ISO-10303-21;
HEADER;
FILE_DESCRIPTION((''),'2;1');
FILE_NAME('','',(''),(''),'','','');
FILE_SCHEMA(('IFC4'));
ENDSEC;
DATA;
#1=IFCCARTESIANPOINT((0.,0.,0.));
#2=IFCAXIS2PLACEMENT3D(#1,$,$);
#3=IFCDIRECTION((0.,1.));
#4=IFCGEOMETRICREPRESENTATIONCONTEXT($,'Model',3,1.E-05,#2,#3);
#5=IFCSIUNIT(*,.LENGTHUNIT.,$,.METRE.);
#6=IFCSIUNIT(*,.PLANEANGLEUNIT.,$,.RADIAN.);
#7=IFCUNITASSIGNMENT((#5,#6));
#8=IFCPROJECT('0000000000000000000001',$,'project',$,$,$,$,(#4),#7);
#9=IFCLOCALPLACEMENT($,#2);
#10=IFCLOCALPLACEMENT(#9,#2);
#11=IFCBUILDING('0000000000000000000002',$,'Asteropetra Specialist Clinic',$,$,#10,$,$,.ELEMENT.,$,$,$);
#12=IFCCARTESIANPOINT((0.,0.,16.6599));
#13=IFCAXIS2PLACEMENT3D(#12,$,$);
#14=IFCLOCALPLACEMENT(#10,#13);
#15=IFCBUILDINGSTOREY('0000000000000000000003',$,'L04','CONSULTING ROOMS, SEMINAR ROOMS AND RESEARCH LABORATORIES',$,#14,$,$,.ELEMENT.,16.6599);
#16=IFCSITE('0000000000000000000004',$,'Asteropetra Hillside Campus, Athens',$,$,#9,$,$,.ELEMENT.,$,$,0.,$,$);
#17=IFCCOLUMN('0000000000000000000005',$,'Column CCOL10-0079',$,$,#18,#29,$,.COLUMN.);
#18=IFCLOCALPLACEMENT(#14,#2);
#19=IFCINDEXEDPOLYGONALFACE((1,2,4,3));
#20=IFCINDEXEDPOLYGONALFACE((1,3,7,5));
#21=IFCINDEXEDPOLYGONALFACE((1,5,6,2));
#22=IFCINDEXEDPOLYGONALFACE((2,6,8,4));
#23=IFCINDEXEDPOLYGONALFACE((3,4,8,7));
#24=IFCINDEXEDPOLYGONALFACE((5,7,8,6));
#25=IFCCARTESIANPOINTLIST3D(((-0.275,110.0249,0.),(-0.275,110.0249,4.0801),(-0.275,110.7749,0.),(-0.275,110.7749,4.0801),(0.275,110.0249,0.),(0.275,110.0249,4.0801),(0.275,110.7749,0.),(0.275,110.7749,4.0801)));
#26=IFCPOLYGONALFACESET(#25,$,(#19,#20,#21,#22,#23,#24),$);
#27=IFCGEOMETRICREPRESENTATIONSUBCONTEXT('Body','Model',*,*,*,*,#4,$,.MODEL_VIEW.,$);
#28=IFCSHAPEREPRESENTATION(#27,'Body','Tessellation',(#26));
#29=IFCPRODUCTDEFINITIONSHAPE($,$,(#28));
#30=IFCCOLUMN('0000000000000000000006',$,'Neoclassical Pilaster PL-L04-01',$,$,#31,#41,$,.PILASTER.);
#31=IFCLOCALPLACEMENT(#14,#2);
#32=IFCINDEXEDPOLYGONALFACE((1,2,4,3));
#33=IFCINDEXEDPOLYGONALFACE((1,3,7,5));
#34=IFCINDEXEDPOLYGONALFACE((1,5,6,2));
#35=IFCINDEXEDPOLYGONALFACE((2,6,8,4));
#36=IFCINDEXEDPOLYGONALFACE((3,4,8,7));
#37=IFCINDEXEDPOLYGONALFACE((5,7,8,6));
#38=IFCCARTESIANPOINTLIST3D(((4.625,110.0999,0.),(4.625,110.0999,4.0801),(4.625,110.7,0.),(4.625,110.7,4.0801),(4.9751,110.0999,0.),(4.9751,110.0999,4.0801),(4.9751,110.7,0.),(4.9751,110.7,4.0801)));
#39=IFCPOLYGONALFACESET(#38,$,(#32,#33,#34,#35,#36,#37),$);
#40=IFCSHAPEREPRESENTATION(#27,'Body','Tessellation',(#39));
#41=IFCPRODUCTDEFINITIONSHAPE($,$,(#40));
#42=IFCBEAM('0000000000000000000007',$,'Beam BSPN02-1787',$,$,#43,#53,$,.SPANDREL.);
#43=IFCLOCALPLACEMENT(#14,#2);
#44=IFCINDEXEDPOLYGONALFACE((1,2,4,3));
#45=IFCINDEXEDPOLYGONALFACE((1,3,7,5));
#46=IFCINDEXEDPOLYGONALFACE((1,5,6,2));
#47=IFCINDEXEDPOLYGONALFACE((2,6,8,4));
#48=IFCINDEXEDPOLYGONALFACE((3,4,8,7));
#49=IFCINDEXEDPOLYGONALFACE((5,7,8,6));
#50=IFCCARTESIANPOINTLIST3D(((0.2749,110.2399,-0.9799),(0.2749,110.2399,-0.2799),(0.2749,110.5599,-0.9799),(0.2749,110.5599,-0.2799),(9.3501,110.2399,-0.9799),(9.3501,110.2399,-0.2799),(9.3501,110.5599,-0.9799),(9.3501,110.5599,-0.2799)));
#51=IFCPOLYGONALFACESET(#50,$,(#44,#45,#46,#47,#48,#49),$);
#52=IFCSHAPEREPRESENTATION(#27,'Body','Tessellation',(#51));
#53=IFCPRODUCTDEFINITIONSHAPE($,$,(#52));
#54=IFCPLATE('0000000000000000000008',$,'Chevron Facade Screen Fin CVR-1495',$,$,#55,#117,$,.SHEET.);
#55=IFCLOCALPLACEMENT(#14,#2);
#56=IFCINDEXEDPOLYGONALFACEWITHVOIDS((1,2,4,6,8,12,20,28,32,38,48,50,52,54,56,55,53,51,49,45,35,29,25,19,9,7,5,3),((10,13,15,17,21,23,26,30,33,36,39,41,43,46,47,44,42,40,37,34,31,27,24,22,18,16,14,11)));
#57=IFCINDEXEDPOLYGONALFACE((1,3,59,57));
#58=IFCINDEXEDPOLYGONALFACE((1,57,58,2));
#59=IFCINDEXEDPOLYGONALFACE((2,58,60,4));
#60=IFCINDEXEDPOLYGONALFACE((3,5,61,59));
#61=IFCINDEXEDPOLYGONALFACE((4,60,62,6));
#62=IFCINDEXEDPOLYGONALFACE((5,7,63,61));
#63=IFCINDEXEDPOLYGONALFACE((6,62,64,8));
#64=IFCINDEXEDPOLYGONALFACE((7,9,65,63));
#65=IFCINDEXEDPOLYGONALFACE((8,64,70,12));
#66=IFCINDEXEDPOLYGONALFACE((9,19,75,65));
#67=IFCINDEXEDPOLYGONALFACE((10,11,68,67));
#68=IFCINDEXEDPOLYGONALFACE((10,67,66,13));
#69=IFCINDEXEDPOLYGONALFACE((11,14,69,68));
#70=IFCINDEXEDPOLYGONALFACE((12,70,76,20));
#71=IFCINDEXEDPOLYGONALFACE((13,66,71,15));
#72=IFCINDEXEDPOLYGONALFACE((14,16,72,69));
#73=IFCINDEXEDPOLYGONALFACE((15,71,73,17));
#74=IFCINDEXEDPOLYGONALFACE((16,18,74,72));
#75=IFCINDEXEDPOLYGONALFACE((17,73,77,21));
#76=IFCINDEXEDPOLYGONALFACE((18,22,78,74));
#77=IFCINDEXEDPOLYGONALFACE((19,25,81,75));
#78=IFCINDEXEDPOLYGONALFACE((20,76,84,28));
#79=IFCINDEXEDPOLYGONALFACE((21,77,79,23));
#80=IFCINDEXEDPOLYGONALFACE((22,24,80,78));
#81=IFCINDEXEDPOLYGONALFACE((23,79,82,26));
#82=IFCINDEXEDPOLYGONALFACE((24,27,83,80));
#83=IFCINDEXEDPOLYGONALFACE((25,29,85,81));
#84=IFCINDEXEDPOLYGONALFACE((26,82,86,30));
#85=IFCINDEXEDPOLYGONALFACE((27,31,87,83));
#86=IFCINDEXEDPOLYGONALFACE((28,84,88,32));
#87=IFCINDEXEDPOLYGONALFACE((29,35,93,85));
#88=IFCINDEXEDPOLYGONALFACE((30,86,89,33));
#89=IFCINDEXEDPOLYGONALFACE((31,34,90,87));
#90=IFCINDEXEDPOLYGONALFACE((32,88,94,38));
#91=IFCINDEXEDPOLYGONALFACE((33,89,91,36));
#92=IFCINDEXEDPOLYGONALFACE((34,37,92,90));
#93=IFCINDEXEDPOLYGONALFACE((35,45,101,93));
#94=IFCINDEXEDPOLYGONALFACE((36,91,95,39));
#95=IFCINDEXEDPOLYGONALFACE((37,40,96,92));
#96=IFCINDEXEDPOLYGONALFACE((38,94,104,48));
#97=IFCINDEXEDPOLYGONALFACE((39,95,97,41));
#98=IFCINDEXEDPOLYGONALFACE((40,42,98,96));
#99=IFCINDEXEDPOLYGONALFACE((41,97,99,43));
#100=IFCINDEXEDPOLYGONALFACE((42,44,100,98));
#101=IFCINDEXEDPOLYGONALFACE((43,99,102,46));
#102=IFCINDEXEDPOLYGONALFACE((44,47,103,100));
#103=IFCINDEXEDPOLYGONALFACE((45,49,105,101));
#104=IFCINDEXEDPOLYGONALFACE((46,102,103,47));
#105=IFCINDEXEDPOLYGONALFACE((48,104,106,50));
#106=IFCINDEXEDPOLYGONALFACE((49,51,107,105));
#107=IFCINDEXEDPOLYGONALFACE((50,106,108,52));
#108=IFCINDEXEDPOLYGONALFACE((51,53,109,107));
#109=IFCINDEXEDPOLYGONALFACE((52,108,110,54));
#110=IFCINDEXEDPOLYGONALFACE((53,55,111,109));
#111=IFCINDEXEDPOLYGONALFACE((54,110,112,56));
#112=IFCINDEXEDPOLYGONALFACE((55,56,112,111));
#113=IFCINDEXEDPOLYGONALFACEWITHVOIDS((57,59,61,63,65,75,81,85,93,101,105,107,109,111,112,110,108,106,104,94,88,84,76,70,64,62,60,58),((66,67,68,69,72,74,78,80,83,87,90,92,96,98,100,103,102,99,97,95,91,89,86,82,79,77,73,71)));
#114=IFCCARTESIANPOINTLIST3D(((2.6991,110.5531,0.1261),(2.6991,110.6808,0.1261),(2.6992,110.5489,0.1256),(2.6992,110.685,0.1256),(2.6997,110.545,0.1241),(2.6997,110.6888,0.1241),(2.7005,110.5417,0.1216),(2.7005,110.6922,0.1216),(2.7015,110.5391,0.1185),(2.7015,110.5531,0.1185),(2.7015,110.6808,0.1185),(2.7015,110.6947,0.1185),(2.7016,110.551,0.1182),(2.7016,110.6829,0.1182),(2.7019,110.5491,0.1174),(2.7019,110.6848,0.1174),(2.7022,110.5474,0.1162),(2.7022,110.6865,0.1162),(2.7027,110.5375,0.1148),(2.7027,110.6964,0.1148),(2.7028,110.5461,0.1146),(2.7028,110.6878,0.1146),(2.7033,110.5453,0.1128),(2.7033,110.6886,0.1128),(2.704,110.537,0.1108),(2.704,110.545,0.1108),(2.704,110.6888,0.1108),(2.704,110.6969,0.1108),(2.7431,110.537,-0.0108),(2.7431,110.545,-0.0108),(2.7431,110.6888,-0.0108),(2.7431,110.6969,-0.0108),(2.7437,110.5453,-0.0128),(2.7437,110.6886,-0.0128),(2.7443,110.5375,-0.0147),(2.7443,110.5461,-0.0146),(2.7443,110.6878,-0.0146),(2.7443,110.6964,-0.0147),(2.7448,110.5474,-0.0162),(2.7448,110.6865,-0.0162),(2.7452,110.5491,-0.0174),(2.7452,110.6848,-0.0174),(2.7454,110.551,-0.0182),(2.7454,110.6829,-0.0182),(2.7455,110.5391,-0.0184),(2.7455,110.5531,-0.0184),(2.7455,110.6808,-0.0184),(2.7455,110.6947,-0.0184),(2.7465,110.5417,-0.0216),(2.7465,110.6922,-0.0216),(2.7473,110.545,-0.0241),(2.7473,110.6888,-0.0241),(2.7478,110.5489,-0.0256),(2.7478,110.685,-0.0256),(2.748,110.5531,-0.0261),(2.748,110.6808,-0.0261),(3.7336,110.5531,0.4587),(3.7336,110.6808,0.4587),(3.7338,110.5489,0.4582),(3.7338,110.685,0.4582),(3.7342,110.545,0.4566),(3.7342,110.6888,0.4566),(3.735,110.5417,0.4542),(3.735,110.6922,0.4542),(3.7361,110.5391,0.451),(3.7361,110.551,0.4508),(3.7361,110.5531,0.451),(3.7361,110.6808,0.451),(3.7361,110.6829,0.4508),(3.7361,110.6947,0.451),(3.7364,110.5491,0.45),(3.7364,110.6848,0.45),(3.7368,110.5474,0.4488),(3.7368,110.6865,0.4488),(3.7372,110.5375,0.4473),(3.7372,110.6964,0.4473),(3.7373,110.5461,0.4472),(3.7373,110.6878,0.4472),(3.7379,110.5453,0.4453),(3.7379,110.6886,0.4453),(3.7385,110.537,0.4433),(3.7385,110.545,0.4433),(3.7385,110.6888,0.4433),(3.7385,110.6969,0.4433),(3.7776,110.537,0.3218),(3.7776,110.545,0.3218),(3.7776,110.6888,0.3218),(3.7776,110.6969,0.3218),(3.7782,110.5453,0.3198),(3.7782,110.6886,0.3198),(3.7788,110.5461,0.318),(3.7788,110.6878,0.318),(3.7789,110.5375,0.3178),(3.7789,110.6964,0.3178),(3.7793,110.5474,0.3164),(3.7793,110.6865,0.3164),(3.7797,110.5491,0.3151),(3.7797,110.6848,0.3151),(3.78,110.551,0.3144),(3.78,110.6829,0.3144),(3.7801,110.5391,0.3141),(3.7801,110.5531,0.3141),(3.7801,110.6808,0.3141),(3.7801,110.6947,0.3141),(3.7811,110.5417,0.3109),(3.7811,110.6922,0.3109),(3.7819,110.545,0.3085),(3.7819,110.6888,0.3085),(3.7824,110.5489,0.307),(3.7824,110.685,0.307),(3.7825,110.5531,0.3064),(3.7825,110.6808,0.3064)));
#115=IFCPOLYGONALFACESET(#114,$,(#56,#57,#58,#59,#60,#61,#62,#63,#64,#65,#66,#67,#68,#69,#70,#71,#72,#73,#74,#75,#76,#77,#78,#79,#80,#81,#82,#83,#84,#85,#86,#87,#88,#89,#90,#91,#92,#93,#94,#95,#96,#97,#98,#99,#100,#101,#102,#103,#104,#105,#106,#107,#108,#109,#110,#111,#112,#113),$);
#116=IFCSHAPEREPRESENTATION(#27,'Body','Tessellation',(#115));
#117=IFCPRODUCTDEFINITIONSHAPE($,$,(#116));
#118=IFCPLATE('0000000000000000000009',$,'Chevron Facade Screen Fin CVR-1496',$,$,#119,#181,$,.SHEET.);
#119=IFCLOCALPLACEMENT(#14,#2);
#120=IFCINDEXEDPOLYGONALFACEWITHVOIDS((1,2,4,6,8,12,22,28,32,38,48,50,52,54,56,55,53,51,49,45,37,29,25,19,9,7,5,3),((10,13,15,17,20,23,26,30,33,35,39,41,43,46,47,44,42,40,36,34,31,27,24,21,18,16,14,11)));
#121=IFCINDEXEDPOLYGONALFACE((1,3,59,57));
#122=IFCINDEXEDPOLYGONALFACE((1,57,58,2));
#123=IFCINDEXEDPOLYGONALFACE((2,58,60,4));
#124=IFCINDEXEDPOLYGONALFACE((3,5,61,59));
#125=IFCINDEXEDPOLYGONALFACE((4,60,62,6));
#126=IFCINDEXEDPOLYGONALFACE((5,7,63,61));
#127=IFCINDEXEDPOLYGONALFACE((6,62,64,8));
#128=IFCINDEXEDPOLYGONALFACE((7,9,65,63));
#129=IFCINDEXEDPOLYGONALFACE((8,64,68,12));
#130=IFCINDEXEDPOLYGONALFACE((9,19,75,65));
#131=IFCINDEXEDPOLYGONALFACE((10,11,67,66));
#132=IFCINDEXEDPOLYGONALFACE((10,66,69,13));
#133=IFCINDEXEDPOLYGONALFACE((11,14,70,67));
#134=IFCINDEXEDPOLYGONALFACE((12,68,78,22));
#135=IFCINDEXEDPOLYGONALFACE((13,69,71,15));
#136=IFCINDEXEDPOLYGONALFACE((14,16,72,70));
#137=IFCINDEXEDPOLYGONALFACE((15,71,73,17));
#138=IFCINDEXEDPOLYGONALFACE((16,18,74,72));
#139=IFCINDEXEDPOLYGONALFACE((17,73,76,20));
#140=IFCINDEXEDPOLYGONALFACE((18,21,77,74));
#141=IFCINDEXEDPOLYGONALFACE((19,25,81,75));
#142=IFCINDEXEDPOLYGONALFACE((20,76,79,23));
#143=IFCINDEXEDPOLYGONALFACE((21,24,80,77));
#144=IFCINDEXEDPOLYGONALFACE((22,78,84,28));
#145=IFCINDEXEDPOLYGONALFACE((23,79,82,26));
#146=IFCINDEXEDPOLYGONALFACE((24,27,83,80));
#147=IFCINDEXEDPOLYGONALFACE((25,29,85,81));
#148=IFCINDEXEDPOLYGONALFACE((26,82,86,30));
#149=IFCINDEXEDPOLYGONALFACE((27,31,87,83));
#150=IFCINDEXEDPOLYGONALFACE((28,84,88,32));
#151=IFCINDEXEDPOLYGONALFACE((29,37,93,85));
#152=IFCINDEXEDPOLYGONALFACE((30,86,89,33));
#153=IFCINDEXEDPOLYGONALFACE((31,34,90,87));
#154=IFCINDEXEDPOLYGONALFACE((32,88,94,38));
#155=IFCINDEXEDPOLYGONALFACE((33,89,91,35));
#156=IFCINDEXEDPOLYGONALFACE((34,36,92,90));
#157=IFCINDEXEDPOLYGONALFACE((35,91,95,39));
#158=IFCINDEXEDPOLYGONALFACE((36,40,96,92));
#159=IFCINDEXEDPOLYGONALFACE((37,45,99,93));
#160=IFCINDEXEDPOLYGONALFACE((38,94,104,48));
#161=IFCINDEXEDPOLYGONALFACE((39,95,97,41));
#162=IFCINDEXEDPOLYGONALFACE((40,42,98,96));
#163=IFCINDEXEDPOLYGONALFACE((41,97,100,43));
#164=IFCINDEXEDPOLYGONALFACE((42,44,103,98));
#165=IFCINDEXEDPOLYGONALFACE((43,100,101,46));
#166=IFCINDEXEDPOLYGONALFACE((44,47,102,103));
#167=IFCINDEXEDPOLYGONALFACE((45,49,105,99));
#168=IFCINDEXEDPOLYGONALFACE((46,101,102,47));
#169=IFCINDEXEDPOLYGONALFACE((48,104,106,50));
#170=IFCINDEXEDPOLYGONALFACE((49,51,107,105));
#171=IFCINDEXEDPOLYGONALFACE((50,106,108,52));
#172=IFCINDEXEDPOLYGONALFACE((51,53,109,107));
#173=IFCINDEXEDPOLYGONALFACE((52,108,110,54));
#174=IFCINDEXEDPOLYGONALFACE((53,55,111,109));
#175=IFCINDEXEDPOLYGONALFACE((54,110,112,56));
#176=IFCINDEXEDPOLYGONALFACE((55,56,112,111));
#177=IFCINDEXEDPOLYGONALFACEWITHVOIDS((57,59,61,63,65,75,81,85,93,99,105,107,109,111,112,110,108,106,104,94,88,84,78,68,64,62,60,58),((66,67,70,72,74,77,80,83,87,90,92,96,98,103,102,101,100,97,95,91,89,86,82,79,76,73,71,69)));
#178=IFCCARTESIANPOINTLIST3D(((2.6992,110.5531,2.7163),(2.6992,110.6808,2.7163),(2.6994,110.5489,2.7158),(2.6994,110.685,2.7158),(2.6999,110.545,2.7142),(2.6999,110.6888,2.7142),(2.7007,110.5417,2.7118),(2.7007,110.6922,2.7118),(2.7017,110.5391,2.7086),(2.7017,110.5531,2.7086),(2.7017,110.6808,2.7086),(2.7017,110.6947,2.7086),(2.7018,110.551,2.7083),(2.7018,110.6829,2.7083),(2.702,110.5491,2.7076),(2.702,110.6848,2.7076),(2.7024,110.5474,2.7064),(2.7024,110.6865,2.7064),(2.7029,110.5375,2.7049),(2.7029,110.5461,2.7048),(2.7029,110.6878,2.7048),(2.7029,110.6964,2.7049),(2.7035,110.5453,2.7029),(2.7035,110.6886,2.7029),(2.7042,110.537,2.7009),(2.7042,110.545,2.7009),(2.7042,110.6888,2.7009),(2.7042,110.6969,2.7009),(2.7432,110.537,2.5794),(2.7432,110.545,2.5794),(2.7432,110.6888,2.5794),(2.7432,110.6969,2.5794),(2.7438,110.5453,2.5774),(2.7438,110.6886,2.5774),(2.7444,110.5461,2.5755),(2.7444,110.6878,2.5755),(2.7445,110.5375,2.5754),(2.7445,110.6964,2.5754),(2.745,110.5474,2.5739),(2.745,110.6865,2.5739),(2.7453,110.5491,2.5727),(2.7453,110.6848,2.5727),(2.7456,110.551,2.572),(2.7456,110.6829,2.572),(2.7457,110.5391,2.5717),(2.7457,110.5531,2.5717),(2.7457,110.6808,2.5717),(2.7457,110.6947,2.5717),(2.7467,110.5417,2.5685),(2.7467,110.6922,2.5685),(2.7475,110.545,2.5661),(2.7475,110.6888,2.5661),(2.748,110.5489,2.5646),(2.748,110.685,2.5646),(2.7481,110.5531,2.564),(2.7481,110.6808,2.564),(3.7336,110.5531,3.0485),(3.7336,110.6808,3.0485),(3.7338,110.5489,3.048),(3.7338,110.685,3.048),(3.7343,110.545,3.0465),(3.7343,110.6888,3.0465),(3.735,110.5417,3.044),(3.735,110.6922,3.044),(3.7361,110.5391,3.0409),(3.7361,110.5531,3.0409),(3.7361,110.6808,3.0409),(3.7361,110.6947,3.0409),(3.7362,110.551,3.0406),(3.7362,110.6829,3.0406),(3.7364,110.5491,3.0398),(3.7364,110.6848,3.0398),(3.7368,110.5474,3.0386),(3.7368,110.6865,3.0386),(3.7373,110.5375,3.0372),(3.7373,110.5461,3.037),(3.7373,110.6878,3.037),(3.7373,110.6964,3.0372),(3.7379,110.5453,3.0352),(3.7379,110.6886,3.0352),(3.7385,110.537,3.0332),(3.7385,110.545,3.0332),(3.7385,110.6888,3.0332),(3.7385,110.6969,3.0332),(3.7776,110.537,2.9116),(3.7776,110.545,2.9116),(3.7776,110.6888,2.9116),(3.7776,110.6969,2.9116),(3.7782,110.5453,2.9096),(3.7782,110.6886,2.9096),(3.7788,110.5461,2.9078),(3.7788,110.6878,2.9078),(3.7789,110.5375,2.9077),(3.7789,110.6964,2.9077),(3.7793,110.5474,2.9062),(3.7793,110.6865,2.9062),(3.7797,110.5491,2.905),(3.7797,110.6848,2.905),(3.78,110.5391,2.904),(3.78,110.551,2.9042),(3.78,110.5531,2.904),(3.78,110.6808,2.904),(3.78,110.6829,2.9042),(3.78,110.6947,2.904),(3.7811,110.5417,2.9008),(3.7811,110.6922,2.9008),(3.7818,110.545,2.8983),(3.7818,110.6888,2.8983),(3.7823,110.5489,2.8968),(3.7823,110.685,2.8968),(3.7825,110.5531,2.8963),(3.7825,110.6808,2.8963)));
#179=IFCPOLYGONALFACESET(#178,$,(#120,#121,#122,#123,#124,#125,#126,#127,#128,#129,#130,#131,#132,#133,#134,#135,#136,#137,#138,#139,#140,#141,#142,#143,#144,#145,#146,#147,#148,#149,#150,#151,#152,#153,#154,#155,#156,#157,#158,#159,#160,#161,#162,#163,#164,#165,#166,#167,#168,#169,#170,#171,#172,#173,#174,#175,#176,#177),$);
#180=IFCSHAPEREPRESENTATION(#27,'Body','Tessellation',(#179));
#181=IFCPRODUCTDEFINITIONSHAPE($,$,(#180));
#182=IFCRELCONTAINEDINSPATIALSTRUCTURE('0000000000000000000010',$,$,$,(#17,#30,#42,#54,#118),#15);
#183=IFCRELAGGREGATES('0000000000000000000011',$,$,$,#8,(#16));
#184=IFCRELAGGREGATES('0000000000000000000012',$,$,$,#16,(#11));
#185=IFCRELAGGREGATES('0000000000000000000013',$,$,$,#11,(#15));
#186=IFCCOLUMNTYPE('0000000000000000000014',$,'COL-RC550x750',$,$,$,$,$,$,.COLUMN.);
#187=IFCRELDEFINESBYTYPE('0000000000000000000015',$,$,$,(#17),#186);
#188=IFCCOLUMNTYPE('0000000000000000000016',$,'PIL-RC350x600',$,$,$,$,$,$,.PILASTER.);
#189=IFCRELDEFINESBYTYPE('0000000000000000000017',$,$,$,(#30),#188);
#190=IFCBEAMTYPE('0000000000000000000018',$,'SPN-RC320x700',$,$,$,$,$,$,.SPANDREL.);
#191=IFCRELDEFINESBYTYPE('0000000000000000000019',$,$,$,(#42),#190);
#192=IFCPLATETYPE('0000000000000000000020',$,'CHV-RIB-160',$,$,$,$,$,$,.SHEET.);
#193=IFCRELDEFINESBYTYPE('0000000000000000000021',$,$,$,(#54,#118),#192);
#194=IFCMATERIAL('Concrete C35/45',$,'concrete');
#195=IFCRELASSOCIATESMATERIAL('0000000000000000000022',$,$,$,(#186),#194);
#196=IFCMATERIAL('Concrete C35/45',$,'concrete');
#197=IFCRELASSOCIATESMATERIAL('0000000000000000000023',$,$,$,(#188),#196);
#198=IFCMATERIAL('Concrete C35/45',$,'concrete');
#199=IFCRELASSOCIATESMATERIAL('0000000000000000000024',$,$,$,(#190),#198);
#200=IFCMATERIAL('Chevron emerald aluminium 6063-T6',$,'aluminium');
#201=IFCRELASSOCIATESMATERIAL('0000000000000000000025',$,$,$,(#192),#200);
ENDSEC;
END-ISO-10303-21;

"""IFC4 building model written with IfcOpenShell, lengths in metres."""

from ifc_helpers import new_model, si_unit, direction, frame, origin, origin_2d, place, context, subcontext, project, spatial, rectangle, hollow_rectangle, extrude, material, material_profile, profile_set, type_object, element, save


model = new_model("IFC4")

# Units and contexts
model_context = context("Model", 3, precision=1e-05, world=origin(), true_north=direction((0.0, 1.0)))
body_context = subcontext(model_context, "Body", "Model", "MODEL_VIEW")
ifc_project = project(units=[si_unit("LENGTHUNIT", "METRE"), si_unit("PLANEANGLEUNIT", "RADIAN")], contexts=[model_context])

# Site, building, storey
site_placement = place(None, origin())
site = spatial("IfcSite", under=ifc_project, at=site_placement, Name="Asteropetra Hillside Campus, Athens", CompositionType="ELEMENT", RefElevation=0.0)
building_placement = place(site_placement, origin())
building = spatial("IfcBuilding", under=site, at=building_placement, Name="Asteropetra Specialist Clinic", CompositionType="ELEMENT")
storey_placement = place(building_placement, frame((0.0, 0.0, 16.6599)))
storey = spatial("IfcBuildingStorey", under=building, at=storey_placement, Name="L04", Description="CONSULTING ROOMS, SEMINAR ROOMS AND RESEARCH LABORATORIES", CompositionType="ELEMENT", Elevation=16.6599)

# Columns
ifc_material_1 = material(Name="Concrete C35/45", Category="concrete")
ifc_material_profile_1 = material_profile(ifc_material_1, rectangle(XDim=0.55, YDim=0.75, at=origin_2d()), Name="RC 550x750")
ifc_profile_set_1 = profile_set([ifc_material_profile_1], Name="Concrete C35/45")
column_type_1 = type_object("IfcColumnType", Name="COL-RC550x750", PredefinedType="COLUMN", material=ifc_profile_set_1)
column_1_placement = place(storey_placement, frame((0.0, 110.3999, 0.0), z_axis=(0.0, 0.0, 1.0), x_axis=(1.0, 0.0, 0.0)))
element("IfcColumn", 1, at=column_1_placement, inside=storey, type_object=column_type_1, Name="Column CCOL10-0079", PredefinedType="COLUMN", context=body_context, shape_type="SweptSolid", body=[
    extrude(rectangle(XDim=0.55, YDim=0.75, at=origin_2d()), origin(), (0.0, 0.0, 1.0), 4.0801),
])
ifc_material_2 = material(Name="Concrete C35/45", Category="concrete")
ifc_material_profile_2 = material_profile(ifc_material_2, rectangle(XDim=0.3501, YDim=0.6001, at=origin_2d()), Name="PIL 350x600")
ifc_profile_set_2 = profile_set([ifc_material_profile_2], Name="Concrete C35/45")
column_type_2 = type_object("IfcColumnType", Name="PIL-RC350x600", PredefinedType="PILASTER", material=ifc_profile_set_2)
column_2_placement = place(storey_placement, frame((4.8, 110.3999, 0.0), z_axis=(0.0, 0.0, 1.0), x_axis=(1.0, 0.0, 0.0)))
element("IfcColumn", 2, at=column_2_placement, inside=storey, type_object=column_type_2, Name="Neoclassical Pilaster PL-L04-01", PredefinedType="PILASTER", context=body_context, shape_type="SweptSolid", body=[
    extrude(rectangle(XDim=0.3501, YDim=0.6001, at=origin_2d()), origin(), (0.0, 0.0, 1.0), 4.0801),
])

# Beam
ifc_material_3 = material(Name="Concrete C35/45", Category="concrete")
ifc_material_profile_3 = material_profile(ifc_material_3, rectangle(XDim=0.3201, YDim=0.7, at=origin_2d()), Name="RCS 320x700")
ifc_profile_set_3 = profile_set([ifc_material_profile_3], Name="Concrete C35/45")
beam_type = type_object("IfcBeamType", Name="SPN-RC320x700", PredefinedType="SPANDREL", material=ifc_profile_set_3)
beam_placement = place(storey_placement, frame((0.2749, 110.3999, -0.6299), z_axis=(1.0, 0.0, 0.0), x_axis=(0.0, 1.0, 0.0)))
element("IfcBeam", 3, at=beam_placement, inside=storey, type_object=beam_type, Name="Beam BSPN02-1787", PredefinedType="SPANDREL", context=body_context, shape_type="SweptSolid", body=[
    extrude(rectangle(XDim=0.3201, YDim=0.7, at=origin_2d()), origin(), (0.0, 0.0, 1.0), 9.0752),
])

# Plates
ifc_material_4 = material(Name="Chevron emerald aluminium 6063-T6", Category="aluminium")
ifc_material_profile_4 = material_profile(ifc_material_4, hollow_rectangle(XDim=0.1599, YDim=0.1599, WallThickness=0.0081, InnerFilletRadius=0.0081, OuterFilletRadius=0.0161, at=origin_2d()), Name="SHS 160x160x8.0")
ifc_profile_set_4 = profile_set([ifc_material_profile_4], Name="Chevron emerald aluminium 6063-T6")
plate_type_1 = type_object("IfcPlateType", Name="CHV-RIB-160", PredefinedType="SHEET", material=ifc_profile_set_4)
plate_1_placement = place(storey_placement, frame((3.7581, 110.6169, 0.3826), z_axis=(-0.952022, 0.0, -0.306031), x_axis=(0.0, -1.0, 0.0)))
element("IfcPlate", 4, at=plate_1_placement, inside=storey, type_object=plate_type_1, Name="Chevron Facade Screen Fin CVR-1495", PredefinedType="SHEET", context=body_context, shape_type="SweptSolid", body=[
    extrude(hollow_rectangle(XDim=0.1599, YDim=0.1599, WallThickness=0.0081, InnerFilletRadius=0.0081, OuterFilletRadius=0.0161, at=origin_2d()), origin(), (0.0, 0.0, 1.0), 1.0867),
])
plate_2_placement = place(storey_placement, frame((3.7581, 110.6169, 2.9724), z_axis=(-0.952087, 0.0, -0.305827), x_axis=(0.0, -1.0, 0.0)))
element("IfcPlate", 5, at=plate_2_placement, inside=storey, type_object=plate_type_1, Name="Chevron Facade Screen Fin CVR-1496", PredefinedType="SHEET", context=body_context, shape_type="SweptSolid", body=[
    extrude(hollow_rectangle(XDim=0.1599, YDim=0.1599, WallThickness=0.0081, InnerFilletRadius=0.0081, OuterFilletRadius=0.0161, at=origin_2d()), origin(), (0.0, 0.0, 1.0), 1.0864),
])

save(model, "model.ifc")
